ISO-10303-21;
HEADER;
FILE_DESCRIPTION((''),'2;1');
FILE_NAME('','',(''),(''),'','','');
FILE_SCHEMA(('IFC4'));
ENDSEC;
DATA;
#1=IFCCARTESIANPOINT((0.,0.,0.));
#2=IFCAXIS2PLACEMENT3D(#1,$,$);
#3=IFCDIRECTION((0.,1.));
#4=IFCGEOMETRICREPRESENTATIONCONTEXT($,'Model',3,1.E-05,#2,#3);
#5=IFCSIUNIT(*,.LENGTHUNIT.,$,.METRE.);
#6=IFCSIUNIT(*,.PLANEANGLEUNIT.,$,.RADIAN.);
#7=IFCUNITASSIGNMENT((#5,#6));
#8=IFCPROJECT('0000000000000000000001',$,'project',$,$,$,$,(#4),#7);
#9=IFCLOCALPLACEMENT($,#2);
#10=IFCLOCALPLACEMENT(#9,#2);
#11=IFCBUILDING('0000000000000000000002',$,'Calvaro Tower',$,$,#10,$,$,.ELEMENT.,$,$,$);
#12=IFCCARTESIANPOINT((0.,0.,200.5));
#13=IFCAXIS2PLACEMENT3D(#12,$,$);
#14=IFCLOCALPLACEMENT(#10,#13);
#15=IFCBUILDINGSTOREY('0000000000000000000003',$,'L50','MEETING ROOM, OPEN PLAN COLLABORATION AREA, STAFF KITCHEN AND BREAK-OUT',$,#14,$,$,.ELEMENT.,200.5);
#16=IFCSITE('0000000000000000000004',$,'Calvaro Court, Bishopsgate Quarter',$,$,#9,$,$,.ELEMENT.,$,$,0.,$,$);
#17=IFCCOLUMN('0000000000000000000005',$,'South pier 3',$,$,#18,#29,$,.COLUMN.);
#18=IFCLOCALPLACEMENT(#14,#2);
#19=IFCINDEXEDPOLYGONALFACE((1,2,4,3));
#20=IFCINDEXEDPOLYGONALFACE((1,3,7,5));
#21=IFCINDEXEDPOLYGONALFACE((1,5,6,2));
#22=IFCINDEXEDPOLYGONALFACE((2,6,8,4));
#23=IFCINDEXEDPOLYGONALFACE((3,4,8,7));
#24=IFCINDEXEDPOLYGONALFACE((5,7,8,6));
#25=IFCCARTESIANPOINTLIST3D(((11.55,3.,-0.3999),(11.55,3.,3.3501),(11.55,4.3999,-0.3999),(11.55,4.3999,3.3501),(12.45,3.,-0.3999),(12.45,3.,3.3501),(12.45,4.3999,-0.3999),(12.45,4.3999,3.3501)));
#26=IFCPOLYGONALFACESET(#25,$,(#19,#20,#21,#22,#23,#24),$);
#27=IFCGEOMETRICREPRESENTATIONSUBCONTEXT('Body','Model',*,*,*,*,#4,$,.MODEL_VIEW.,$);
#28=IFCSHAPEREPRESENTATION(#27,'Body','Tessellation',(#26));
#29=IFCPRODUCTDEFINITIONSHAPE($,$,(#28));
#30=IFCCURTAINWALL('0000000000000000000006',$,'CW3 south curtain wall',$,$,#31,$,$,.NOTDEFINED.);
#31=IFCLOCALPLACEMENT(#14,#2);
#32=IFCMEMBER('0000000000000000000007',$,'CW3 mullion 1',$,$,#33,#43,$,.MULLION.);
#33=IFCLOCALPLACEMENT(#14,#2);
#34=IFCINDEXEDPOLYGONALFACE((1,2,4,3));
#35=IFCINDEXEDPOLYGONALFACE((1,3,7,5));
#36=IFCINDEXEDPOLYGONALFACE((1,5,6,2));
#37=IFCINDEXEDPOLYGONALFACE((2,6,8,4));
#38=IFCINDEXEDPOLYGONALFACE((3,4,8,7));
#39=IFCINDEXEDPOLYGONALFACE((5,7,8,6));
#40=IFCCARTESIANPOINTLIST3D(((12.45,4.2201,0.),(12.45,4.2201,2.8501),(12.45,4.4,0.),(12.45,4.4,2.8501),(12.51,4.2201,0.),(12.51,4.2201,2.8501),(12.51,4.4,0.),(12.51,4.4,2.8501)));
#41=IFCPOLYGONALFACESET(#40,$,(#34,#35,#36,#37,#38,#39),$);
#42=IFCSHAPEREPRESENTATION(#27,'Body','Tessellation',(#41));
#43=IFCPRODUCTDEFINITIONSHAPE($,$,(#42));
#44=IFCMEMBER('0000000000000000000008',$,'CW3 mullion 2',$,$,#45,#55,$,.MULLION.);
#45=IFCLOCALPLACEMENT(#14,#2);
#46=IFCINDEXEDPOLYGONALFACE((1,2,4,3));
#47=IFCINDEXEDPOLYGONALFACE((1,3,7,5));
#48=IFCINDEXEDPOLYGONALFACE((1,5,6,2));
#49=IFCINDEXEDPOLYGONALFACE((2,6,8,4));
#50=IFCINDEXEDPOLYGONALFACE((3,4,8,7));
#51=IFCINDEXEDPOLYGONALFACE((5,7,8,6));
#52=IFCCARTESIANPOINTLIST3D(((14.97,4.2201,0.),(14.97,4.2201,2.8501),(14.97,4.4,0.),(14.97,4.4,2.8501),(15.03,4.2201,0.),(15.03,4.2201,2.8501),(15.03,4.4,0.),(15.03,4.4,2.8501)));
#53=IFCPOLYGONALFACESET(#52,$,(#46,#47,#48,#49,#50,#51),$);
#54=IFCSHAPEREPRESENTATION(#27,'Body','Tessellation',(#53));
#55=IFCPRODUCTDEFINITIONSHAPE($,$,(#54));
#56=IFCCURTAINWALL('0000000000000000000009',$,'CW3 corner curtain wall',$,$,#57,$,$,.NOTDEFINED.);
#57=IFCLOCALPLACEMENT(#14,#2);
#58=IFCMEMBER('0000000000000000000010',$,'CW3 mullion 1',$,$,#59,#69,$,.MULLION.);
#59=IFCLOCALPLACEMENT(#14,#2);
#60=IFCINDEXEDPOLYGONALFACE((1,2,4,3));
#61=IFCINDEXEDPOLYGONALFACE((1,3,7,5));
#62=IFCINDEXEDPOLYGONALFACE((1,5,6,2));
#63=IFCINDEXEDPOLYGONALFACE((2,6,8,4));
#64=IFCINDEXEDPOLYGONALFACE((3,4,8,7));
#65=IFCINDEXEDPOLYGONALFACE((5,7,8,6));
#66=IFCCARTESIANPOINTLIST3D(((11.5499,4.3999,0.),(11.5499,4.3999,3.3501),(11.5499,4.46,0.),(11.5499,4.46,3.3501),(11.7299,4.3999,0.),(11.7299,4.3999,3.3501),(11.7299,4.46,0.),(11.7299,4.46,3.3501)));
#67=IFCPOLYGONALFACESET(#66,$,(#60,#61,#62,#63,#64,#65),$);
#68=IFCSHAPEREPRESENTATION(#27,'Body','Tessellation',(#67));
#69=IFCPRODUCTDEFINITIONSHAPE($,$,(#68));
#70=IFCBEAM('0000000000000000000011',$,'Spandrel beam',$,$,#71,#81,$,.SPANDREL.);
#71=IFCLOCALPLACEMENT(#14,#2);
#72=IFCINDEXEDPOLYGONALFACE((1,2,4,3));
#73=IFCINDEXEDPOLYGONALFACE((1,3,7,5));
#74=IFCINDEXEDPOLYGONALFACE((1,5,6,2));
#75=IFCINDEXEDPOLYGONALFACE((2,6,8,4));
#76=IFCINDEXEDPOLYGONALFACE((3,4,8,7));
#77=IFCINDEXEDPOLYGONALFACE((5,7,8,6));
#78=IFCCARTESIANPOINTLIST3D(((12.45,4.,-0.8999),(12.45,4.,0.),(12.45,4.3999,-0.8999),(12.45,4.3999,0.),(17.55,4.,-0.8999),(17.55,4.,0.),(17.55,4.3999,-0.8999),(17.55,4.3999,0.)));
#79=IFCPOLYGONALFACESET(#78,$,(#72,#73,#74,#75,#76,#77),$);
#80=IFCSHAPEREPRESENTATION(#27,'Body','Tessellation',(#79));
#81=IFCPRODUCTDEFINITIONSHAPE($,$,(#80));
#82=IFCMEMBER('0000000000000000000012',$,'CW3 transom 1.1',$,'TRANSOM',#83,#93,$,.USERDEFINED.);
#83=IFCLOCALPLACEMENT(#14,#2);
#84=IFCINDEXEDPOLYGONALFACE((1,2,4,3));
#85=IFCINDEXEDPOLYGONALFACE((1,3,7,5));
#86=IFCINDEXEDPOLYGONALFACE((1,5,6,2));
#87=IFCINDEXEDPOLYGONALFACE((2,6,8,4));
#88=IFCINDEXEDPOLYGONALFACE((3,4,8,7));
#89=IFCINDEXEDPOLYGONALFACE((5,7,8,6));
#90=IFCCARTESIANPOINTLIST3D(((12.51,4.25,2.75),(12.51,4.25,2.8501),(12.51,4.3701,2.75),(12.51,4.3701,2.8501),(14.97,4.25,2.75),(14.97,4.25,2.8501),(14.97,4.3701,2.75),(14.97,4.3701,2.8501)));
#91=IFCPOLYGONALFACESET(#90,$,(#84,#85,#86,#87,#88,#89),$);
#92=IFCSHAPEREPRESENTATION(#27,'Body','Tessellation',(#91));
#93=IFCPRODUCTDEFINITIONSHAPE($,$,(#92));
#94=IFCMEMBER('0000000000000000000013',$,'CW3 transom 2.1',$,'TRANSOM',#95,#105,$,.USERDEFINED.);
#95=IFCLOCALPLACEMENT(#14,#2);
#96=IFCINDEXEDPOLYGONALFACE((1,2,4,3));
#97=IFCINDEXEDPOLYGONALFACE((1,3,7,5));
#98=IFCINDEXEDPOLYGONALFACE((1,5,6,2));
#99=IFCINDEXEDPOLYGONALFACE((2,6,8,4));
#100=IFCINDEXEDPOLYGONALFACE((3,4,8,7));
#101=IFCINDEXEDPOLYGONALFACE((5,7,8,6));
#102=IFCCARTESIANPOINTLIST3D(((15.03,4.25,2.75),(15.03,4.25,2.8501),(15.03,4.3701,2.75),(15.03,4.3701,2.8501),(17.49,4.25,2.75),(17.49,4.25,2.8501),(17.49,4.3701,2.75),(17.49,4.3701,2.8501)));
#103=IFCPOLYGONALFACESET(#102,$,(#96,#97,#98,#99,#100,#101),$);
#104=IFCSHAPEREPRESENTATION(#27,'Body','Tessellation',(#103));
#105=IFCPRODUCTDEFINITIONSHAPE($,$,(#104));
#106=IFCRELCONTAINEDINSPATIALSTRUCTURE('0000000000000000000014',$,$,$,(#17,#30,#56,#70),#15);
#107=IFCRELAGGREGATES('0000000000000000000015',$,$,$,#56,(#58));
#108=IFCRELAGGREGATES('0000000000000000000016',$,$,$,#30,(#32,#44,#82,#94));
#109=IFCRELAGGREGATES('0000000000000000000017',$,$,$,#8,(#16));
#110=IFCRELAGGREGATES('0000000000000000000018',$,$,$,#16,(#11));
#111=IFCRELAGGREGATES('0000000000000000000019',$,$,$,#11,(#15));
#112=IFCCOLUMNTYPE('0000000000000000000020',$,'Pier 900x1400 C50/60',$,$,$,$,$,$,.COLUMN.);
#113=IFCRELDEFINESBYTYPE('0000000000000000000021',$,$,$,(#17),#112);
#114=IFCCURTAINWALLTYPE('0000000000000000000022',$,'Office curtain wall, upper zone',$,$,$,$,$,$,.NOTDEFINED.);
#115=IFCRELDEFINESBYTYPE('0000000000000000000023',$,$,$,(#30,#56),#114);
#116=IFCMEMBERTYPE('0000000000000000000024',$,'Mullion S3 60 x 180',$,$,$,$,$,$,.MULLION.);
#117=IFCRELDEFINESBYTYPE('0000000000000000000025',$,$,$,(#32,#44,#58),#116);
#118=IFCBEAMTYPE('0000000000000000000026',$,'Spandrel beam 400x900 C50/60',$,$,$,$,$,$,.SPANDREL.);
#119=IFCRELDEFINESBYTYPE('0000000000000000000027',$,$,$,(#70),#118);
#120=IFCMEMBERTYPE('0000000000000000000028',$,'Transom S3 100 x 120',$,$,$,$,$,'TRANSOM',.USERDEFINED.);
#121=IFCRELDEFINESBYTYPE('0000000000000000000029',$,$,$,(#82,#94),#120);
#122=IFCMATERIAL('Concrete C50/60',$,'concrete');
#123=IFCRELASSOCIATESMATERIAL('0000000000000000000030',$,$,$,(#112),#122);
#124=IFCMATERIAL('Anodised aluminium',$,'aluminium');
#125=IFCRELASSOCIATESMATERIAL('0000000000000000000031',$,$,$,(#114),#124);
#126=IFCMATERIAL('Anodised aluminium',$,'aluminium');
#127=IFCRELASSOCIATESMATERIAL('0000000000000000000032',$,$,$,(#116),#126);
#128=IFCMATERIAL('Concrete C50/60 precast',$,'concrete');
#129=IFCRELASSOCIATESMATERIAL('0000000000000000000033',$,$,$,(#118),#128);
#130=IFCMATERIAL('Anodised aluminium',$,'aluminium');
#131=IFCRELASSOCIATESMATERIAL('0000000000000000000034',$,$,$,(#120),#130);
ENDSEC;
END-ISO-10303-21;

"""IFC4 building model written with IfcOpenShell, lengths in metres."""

from ifc_helpers import new_model, si_unit, direction, frame, origin, origin_2d, place, context, subcontext, project, spatial, rectangle, extrude, material, material_profile, profile_set, type_object, element, aggregate, save


model = new_model("IFC4")

# Units and contexts
model_context = context("Model", 3, precision=1e-05, world=origin(), true_north=direction((0.0, 1.0)))
body_context = subcontext(model_context, "Body", "Model", "MODEL_VIEW")
ifc_project = project(units=[si_unit("LENGTHUNIT", "METRE"), si_unit("PLANEANGLEUNIT", "RADIAN")], contexts=[model_context])

# Site, building, storey
site_placement = place(None, origin())
site = spatial("IfcSite", under=ifc_project, at=site_placement, Name="Calvaro Court, Bishopsgate Quarter", CompositionType="ELEMENT", RefElevation=0.0)
building_placement = place(site_placement, origin())
building = spatial("IfcBuilding", under=site, at=building_placement, Name="Calvaro Tower", CompositionType="ELEMENT")
storey_placement = place(building_placement, frame((0.0, 0.0, 200.5)))
storey = spatial("IfcBuildingStorey", under=building, at=storey_placement, Name="L50", Description="MEETING ROOM, OPEN PLAN COLLABORATION AREA, STAFF KITCHEN AND BREAK-OUT", CompositionType="ELEMENT", Elevation=200.5)

# Column
ifc_material_1 = material(Name="Concrete C50/60", Category="concrete")
ifc_material_profile_1 = material_profile(ifc_material_1, rectangle(XDim=0.8999, YDim=1.3999, at=origin_2d()), Name="RC 900x1400")
ifc_profile_set_1 = profile_set([ifc_material_profile_1], Name="Concrete C50/60")
column_type = type_object("IfcColumnType", Name="Pier 900x1400 C50/60", PredefinedType="COLUMN", material=ifc_profile_set_1)
column_placement = place(storey_placement, frame((12.0, 3.7, -0.3999), z_axis=(0.0, 0.0, 1.0), x_axis=(1.0, 0.0, 0.0)))
element("IfcColumn", 1, at=column_placement, inside=storey, type_object=column_type, Name="South pier 3", PredefinedType="COLUMN", context=body_context, shape_type="SweptSolid", body=[
    extrude(rectangle(XDim=0.8999, YDim=1.3999, at=origin_2d()), origin(), (0.0, 0.0, 1.0), 3.75),
])

# Curtain wall, members
ifc_material_2 = material(Name="Anodised aluminium", Category="aluminium")
curtain_wall_type = type_object("IfcCurtainWallType", Name="Office curtain wall, upper zone", PredefinedType="NOTDEFINED", material=ifc_material_2)
curtain_wall_1_placement = place(storey_placement, origin())
curtain_wall_1 = element("IfcCurtainWall", 2, at=curtain_wall_1_placement, inside=storey, type_object=curtain_wall_type, Name="CW3 south curtain wall", PredefinedType="NOTDEFINED")
ifc_material_3 = material(Name="Anodised aluminium", Category="aluminium")
ifc_material_profile_2 = material_profile(ifc_material_3, rectangle(XDim=0.1799, YDim=0.0601, at=origin_2d()), Name="Mullion S3 60 x 180")
ifc_profile_set_2 = profile_set([ifc_material_profile_2], Name="Anodised aluminium")
member_type_1 = type_object("IfcMemberType", Name="Mullion S3 60 x 180", PredefinedType="MULLION", material=ifc_profile_set_2)
member_1_placement = place(storey_placement, frame((12.48, 4.3101, 0.0), z_axis=(0.0, 0.0, 1.0), x_axis=(0.0, 1.0, 0.0)))
member_1 = element("IfcMember", 3, at=member_1_placement, type_object=member_type_1, Name="CW3 mullion 1", PredefinedType="MULLION", context=body_context, shape_type="SweptSolid", body=[
    extrude(rectangle(XDim=0.1799, YDim=0.0601, at=origin_2d()), origin(), (0.0, 0.0, 1.0), 2.8501),
])
member_2_placement = place(storey_placement, frame((15.0, 4.3101, 0.0), z_axis=(0.0, 0.0, 1.0), x_axis=(0.0, 1.0, 0.0)))
member_2 = element("IfcMember", 4, at=member_2_placement, type_object=member_type_1, Name="CW3 mullion 2", PredefinedType="MULLION", context=body_context, shape_type="SweptSolid", body=[
    extrude(rectangle(XDim=0.1799, YDim=0.0601, at=origin_2d()), origin(), (0.0, 0.0, 1.0), 2.8501),
])

# Curtain wall, member
curtain_wall_2_placement = place(storey_placement, origin())
curtain_wall_2 = element("IfcCurtainWall", 5, at=curtain_wall_2_placement, inside=storey, type_object=curtain_wall_type, Name="CW3 corner curtain wall", PredefinedType="NOTDEFINED")
member_3_placement = place(storey_placement, frame((11.6399, 4.4299, 0.0), z_axis=(0.0, 0.0, 1.0), x_axis=(-1.0, 0.0, 0.0)))
member_3 = element("IfcMember", 6, at=member_3_placement, type_object=member_type_1, Name="CW3 mullion 1", PredefinedType="MULLION", context=body_context, shape_type="SweptSolid", body=[
    extrude(rectangle(XDim=0.1799, YDim=0.0601, at=origin_2d()), origin(), (0.0, 0.0, 1.0), 3.3501),
])
aggregate(curtain_wall_2, [member_3])

# Beam
ifc_material_4 = material(Name="Concrete C50/60 precast", Category="concrete")
ifc_material_profile_3 = material_profile(ifc_material_4, rectangle(XDim=0.3999, YDim=0.8999, at=origin_2d()), Name="RC 400x900")
ifc_profile_set_3 = profile_set([ifc_material_profile_3], Name="Concrete C50/60 precast")
beam_type = type_object("IfcBeamType", Name="Spandrel beam 400x900 C50/60", PredefinedType="SPANDREL", material=ifc_profile_set_3)
beam_placement = place(storey_placement, frame((12.45, 4.2, -0.45), z_axis=(1.0, 0.0, 0.0), x_axis=(0.0, 1.0, 0.0)))
element("IfcBeam", 7, at=beam_placement, inside=storey, type_object=beam_type, Name="Spandrel beam", PredefinedType="SPANDREL", context=body_context, shape_type="SweptSolid", body=[
    extrude(rectangle(XDim=0.3999, YDim=0.8999, at=origin_2d()), origin(), (0.0, 0.0, 1.0), 5.1001),
])

# Members
ifc_material_5 = material(Name="Anodised aluminium", Category="aluminium")
ifc_material_profile_4 = material_profile(ifc_material_5, rectangle(XDim=0.1201, YDim=0.1001, at=origin_2d()), Name="Transom S3 100 x 120")
ifc_profile_set_4 = profile_set([ifc_material_profile_4], Name="Anodised aluminium")
member_type_2 = type_object("IfcMemberType", Name="Transom S3 100 x 120", ElementType="TRANSOM", PredefinedType="USERDEFINED", material=ifc_profile_set_4)
member_4_placement = place(storey_placement, frame((12.51, 4.3101, 2.8), z_axis=(1.0, 0.0, 0.0), x_axis=(0.0, 1.0, 0.0)))
member_4 = element("IfcMember", 8, at=member_4_placement, type_object=member_type_2, Name="CW3 transom 1.1", ObjectType="TRANSOM", PredefinedType="USERDEFINED", context=body_context, shape_type="SweptSolid", body=[
    extrude(rectangle(XDim=0.1201, YDim=0.1001, at=origin_2d()), origin(), (0.0, 0.0, 1.0), 2.46),
])
member_5_placement = place(storey_placement, frame((15.03, 4.3101, 2.8), z_axis=(1.0, 0.0, 0.0), x_axis=(0.0, 1.0, 0.0)))
member_5 = element("IfcMember", 9, at=member_5_placement, type_object=member_type_2, Name="CW3 transom 2.1", ObjectType="TRANSOM", PredefinedType="USERDEFINED", context=body_context, shape_type="SweptSolid", body=[
    extrude(rectangle(XDim=0.1201, YDim=0.1001, at=origin_2d()), origin(), (0.0, 0.0, 1.0), 2.46),
])

aggregate(curtain_wall_1, [member_1, member_2, member_4, member_5])

save(model, "model.ifc")
